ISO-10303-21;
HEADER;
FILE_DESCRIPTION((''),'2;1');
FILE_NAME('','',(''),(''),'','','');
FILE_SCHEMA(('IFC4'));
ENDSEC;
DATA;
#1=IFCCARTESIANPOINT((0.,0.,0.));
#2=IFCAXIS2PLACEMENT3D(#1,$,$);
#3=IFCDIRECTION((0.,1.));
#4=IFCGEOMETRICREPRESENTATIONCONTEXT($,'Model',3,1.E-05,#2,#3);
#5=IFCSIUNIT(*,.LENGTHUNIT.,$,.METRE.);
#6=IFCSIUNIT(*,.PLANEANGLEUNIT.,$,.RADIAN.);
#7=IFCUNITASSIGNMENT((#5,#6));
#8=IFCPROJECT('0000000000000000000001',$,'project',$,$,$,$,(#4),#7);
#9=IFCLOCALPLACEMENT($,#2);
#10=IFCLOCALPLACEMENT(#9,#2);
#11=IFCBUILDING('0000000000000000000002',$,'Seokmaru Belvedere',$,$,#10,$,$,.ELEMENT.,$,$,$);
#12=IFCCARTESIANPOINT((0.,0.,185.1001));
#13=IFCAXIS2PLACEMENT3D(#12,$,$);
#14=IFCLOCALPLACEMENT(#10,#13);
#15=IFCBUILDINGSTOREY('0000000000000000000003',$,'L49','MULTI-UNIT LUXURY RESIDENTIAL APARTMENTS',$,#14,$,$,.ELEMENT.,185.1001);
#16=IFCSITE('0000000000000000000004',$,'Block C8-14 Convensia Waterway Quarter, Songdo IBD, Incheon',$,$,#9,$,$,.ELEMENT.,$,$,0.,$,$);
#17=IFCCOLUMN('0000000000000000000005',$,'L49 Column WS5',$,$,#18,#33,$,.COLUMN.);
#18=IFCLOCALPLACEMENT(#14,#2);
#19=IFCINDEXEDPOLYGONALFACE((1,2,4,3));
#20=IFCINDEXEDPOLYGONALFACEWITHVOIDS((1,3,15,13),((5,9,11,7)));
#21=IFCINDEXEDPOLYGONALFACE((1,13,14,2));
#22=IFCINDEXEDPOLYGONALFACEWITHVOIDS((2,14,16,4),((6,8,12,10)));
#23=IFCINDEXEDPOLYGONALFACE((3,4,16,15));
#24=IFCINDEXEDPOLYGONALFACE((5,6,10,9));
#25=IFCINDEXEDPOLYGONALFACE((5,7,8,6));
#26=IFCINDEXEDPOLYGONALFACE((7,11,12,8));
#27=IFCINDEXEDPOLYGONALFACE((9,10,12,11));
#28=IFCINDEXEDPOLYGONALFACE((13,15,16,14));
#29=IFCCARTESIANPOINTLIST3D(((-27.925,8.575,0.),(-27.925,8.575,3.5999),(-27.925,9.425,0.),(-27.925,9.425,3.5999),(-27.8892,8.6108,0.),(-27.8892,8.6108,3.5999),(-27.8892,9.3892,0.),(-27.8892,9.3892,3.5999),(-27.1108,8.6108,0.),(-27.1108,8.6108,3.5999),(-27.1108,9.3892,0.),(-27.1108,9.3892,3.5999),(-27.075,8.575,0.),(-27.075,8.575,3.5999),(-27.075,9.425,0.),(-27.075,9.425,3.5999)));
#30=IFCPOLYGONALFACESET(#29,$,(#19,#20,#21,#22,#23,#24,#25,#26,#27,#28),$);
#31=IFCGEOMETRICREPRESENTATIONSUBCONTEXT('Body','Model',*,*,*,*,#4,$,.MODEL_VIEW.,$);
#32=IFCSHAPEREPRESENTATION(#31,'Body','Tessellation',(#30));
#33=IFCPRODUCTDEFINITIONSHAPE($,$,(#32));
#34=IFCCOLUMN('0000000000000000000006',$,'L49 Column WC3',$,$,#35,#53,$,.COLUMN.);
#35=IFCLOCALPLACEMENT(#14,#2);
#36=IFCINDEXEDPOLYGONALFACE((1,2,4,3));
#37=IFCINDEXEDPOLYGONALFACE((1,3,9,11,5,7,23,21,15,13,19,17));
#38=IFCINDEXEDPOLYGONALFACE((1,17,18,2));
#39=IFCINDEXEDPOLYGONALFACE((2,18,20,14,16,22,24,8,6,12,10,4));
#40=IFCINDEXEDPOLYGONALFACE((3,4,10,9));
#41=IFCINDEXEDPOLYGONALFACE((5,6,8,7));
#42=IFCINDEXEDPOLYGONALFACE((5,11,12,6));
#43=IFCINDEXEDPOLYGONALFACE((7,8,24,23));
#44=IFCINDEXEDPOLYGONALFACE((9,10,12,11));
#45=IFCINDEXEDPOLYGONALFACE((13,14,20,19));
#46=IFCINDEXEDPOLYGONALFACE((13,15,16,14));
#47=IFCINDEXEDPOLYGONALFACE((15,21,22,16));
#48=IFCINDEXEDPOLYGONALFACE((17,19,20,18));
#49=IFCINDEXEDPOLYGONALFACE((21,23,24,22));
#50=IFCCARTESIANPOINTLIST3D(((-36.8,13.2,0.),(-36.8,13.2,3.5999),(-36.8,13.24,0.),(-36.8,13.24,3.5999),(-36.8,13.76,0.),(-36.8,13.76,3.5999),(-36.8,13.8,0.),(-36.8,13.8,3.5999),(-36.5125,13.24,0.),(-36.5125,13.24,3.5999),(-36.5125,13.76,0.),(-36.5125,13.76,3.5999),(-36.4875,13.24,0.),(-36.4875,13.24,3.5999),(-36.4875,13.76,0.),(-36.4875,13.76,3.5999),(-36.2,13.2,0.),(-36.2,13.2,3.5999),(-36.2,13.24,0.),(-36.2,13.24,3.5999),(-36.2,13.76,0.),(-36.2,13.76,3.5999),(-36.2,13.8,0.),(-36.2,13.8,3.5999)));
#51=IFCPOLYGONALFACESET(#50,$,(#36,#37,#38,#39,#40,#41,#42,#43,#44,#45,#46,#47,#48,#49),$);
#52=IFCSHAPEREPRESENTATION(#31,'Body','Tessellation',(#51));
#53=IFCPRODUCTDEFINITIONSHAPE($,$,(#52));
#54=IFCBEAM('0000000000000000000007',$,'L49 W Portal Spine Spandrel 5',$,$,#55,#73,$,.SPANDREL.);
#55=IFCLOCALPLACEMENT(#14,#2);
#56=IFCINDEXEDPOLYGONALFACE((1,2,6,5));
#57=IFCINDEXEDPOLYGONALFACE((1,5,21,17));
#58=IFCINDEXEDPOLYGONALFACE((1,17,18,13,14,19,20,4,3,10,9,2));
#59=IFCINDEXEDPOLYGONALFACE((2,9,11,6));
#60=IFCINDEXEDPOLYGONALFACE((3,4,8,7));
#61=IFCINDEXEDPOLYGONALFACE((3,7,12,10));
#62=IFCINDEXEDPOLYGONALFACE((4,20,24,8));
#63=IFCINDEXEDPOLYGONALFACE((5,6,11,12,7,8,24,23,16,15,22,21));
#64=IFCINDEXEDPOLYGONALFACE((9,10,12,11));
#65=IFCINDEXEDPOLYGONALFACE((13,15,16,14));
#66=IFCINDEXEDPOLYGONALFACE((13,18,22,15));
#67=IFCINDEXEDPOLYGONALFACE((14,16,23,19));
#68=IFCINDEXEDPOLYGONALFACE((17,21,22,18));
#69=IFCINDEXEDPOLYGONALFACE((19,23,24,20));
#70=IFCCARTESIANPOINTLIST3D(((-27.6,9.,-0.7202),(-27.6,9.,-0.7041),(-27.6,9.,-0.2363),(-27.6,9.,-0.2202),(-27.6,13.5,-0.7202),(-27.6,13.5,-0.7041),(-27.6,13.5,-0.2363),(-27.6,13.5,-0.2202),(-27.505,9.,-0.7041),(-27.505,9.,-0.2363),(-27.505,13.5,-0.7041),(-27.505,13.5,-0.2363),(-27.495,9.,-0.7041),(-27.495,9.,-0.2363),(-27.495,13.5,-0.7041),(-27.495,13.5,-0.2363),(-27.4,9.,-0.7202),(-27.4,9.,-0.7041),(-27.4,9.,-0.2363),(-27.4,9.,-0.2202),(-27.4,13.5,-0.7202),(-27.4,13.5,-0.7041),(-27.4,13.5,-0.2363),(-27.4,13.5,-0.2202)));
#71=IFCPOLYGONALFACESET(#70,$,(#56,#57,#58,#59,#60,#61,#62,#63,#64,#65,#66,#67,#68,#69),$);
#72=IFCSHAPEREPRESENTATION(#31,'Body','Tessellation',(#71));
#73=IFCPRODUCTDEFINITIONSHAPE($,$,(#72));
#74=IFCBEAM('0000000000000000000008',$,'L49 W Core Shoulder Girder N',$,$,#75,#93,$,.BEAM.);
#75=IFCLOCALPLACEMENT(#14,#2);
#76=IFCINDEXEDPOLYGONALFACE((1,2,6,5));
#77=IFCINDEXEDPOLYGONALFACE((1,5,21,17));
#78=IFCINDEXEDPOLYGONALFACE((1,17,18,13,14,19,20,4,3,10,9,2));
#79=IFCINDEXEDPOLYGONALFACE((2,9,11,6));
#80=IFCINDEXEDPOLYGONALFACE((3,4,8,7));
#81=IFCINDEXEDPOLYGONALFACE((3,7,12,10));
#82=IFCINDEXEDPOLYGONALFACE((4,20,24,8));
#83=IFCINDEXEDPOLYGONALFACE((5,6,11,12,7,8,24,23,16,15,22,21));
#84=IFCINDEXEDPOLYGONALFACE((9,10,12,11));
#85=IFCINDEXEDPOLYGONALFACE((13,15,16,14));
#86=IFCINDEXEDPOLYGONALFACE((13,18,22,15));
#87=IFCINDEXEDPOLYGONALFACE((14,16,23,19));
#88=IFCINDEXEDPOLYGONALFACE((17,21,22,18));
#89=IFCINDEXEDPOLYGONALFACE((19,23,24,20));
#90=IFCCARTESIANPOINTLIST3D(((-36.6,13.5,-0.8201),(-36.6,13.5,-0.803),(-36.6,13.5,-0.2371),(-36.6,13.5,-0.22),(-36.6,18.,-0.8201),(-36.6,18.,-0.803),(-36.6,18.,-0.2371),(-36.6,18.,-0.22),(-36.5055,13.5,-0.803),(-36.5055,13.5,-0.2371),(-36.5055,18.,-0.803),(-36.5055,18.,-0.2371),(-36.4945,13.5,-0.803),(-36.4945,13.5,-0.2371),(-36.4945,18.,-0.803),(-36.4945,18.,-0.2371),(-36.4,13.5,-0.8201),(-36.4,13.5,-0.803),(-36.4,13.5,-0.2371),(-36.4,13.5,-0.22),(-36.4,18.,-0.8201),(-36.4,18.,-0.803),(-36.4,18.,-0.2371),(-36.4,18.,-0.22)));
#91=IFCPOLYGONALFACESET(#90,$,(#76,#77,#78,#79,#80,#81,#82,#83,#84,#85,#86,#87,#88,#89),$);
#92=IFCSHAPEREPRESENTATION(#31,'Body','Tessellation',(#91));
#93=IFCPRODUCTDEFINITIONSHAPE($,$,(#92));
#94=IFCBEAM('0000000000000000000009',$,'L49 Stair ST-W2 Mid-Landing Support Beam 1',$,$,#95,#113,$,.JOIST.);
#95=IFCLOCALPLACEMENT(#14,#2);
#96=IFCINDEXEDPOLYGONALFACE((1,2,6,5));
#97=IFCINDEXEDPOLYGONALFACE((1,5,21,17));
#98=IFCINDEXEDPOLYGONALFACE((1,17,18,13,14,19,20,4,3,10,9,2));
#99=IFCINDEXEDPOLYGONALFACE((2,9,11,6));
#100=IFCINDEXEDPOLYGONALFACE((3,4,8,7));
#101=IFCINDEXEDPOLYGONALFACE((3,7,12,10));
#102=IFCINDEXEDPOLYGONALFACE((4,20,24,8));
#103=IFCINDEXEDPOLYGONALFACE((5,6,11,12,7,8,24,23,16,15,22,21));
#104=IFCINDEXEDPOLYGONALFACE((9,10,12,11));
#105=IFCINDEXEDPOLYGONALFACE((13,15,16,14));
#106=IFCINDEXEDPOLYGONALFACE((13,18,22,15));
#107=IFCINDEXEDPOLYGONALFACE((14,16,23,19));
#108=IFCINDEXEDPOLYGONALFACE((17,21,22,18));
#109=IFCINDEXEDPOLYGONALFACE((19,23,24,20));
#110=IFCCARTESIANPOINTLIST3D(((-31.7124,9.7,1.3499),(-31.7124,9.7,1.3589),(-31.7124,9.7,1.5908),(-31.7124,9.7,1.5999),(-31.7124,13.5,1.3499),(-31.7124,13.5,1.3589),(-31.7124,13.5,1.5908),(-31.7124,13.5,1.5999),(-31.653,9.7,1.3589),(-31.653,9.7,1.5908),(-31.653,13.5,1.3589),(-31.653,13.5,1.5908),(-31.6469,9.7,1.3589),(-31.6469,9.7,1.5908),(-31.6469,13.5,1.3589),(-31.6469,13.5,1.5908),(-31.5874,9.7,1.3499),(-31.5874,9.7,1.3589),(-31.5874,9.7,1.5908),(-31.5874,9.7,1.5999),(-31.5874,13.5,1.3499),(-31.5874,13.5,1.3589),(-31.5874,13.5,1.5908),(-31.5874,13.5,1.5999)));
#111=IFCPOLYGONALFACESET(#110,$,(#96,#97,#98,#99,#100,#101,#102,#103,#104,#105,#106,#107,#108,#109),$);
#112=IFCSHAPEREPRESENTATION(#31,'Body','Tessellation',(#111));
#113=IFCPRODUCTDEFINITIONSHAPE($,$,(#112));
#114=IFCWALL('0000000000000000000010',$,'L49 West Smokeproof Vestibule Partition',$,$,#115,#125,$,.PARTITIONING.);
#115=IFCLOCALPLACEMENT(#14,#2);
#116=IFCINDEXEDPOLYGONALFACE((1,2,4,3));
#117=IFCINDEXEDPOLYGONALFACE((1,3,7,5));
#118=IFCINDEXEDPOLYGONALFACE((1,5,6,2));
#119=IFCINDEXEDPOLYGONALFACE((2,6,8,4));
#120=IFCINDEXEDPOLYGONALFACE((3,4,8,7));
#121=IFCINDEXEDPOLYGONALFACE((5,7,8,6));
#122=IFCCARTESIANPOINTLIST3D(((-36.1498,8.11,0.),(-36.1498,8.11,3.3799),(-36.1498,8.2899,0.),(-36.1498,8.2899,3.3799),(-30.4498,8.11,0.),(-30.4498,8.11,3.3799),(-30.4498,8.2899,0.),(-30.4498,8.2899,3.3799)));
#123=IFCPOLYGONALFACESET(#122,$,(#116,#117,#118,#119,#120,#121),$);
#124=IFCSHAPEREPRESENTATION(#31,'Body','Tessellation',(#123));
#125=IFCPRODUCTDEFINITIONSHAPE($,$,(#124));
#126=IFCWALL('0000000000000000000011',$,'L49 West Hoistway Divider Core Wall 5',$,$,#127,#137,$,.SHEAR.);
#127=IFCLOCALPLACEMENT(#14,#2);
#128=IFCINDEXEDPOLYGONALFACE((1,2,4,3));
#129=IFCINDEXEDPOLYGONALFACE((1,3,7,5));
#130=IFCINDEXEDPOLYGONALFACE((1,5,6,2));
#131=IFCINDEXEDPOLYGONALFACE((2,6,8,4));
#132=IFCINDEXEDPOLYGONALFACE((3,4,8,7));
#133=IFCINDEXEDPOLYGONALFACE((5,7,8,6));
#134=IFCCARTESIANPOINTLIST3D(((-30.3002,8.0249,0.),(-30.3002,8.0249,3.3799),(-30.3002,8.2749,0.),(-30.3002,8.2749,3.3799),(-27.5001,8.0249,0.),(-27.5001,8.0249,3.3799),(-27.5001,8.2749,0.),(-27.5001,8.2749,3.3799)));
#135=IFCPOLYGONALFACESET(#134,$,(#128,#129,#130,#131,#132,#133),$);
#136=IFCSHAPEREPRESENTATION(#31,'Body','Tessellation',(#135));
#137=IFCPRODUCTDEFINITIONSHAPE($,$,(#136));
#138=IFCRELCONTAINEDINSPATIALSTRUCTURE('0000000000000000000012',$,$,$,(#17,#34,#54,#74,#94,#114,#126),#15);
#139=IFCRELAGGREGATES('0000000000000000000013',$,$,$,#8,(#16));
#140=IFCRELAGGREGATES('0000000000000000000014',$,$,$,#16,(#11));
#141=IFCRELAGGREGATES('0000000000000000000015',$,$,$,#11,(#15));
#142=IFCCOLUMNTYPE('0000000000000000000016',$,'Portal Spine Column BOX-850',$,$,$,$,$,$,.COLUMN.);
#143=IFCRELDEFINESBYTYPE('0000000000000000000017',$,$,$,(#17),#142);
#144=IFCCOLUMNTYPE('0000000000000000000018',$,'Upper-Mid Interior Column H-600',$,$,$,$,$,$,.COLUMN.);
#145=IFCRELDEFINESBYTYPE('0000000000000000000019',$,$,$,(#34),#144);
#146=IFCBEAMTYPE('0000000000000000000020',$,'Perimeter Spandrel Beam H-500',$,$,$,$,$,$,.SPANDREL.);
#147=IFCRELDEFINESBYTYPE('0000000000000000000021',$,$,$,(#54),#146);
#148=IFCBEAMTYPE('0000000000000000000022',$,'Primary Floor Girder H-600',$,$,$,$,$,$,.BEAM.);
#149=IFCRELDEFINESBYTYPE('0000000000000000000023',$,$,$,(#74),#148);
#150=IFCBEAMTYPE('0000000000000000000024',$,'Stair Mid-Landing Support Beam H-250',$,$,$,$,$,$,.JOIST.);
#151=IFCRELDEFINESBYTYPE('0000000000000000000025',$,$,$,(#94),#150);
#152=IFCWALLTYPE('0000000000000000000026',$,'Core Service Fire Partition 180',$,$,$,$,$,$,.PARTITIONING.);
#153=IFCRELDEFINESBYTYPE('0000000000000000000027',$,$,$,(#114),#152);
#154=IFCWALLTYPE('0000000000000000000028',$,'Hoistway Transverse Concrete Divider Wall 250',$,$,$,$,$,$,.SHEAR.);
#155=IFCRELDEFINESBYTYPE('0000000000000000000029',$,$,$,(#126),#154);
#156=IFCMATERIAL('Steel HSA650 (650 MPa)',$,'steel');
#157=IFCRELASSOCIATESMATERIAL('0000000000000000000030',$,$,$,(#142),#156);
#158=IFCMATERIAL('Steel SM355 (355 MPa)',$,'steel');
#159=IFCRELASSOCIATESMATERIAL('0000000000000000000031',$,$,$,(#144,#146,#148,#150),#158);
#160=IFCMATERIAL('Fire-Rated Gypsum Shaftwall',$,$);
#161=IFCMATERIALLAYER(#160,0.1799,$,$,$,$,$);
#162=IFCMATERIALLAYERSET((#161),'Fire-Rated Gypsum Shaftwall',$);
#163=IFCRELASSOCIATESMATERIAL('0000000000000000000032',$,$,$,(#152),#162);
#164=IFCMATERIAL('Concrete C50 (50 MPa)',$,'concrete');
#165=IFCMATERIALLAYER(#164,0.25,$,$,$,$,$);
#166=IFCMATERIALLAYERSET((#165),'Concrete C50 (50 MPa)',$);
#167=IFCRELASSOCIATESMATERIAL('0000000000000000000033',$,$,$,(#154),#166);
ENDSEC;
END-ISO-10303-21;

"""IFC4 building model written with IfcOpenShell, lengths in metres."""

from ifc_helpers import new_model, si_unit, direction, frame, frame_2d, origin, origin_2d, place, context, subcontext, project, spatial, rectangle, hollow_rectangle, i_section, extrude, source, transform, mapped, material, layer, layer_set, material_profile, profile_set, type_object, type_shapes, element, save


model = new_model("IFC4")

# Units and contexts
model_context = context("Model", 3, precision=1e-05, world=origin(), true_north=direction((0.0, 1.0)))
body_context = subcontext(model_context, "Body", "Model", "MODEL_VIEW")
ifc_project = project(units=[si_unit("LENGTHUNIT", "METRE"), si_unit("PLANEANGLEUNIT", "RADIAN")], contexts=[model_context])

# Site, building, storey
site_placement = place(None, origin())
site = spatial("IfcSite", under=ifc_project, at=site_placement, Name="Block C8-14 Convensia Waterway Quarter, Songdo IBD, Incheon", CompositionType="ELEMENT", RefElevation=0.0)
building_placement = place(site_placement, origin())
building = spatial("IfcBuilding", under=site, at=building_placement, Name="Seokmaru Belvedere", CompositionType="ELEMENT")
storey_placement = place(building_placement, frame((0.0, 0.0, 185.1001)))
storey = spatial("IfcBuildingStorey", under=building, at=storey_placement, Name="L49", Description="MULTI-UNIT LUXURY RESIDENTIAL APARTMENTS", CompositionType="ELEMENT", Elevation=185.1001)

# Columns
ifc_material_1 = material(Name="Steel HSA650 (650 MPa)", Category="steel")
ifc_material_profile_1 = material_profile(ifc_material_1, hollow_rectangle(XDim=0.8501, YDim=0.8501, WallThickness=0.0359, at=origin_2d()), Name="BOX-850x850x36")
ifc_profile_set_1 = profile_set([ifc_material_profile_1], Name="Steel HSA650 (650 MPa)")
column_type_1 = type_object("IfcColumnType", Name="Portal Spine Column BOX-850", PredefinedType="COLUMN", material=ifc_profile_set_1)
shared_shape_1 = source(origin(), body_context, "Body", "SweptSolid", [
    extrude(hollow_rectangle(XDim=0.8501, YDim=0.8501, WallThickness=0.0359, at=origin_2d()), origin(), (0.0, 0.0, 1.0), 3.5999),
])
type_shapes(column_type_1, [shared_shape_1])
column_1_placement = place(storey_placement, frame((-27.5, 9.0, 0.0), z_axis=(0.0, 0.0, 1.0), x_axis=(1.0, 0.0, 0.0)))
element("IfcColumn", 1, at=column_1_placement, inside=storey, type_object=column_type_1, Name="L49 Column WS5", PredefinedType="COLUMN", context=body_context, shape_type="MappedRepresentation", body=[
    mapped(shared_shape_1, transform((0.0, 0.0, 0.0), scale=1.0)),
])
ifc_material_2 = material(Name="Steel SM355 (355 MPa)", Category="steel")
ifc_material_profile_2 = material_profile(ifc_material_2, i_section(OverallWidth=0.6001, OverallDepth=0.6001, WebThickness=0.0249, FlangeThickness=0.04, at=origin_2d()), Name="H-600x600x25x40")
ifc_profile_set_2 = profile_set([ifc_material_profile_2], Name="Steel SM355 (355 MPa)")
column_type_2 = type_object("IfcColumnType", Name="Upper-Mid Interior Column H-600", PredefinedType="COLUMN", material=ifc_profile_set_2)
shared_shape_2 = source(origin(), body_context, "Body", "SweptSolid", [
    extrude(i_section(OverallWidth=0.6001, OverallDepth=0.6001, WebThickness=0.0249, FlangeThickness=0.04, at=origin_2d()), origin(), (0.0, 0.0, 1.0), 3.5999),
])
type_shapes(column_type_2, [shared_shape_2])
column_2_placement = place(storey_placement, frame((-36.5, 13.5, 0.0), z_axis=(0.0, 0.0, 1.0), x_axis=(1.0, 0.0, 0.0)))
element("IfcColumn", 2, at=column_2_placement, inside=storey, type_object=column_type_2, Name="L49 Column WC3", PredefinedType="COLUMN", context=body_context, shape_type="MappedRepresentation", body=[
    mapped(shared_shape_2, transform((0.0, 0.0, 0.0), scale=1.0)),
])

# Beams
ifc_material_profile_3 = material_profile(ifc_material_2, i_section(OverallWidth=0.2, OverallDepth=0.5, WebThickness=0.01, FlangeThickness=0.0161, at=origin_2d()), Name="H-500x200x10x16")
ifc_profile_set_3 = profile_set([ifc_material_profile_3], Name="Steel SM355 (355 MPa)")
beam_type_1 = type_object("IfcBeamType", Name="Perimeter Spandrel Beam H-500", PredefinedType="SPANDREL", material=ifc_profile_set_3)
shared_shape_3 = source(origin(), body_context, "Body", "SweptSolid", [
    extrude(i_section(OverallWidth=0.2, OverallDepth=0.5, WebThickness=0.01, FlangeThickness=0.0161, at=origin_2d()), origin(), (0.0, 0.0, 1.0), 4.5),
])
type_shapes(beam_type_1, [shared_shape_3])
beam_1_placement = place(storey_placement, frame((-27.5, 9.0, -0.4702), z_axis=(0.0, 1.0, 0.0), x_axis=(-1.0, 0.0, 0.0)))
element("IfcBeam", 3, at=beam_1_placement, inside=storey, type_object=beam_type_1, Name="L49 W Portal Spine Spandrel 5", PredefinedType="SPANDREL", context=body_context, shape_type="MappedRepresentation", body=[
    mapped(shared_shape_3, transform((0.0, 0.0, 0.0), scale=1.0)),
])
ifc_material_profile_4 = material_profile(ifc_material_2, i_section(OverallWidth=0.2, OverallDepth=0.6001, WebThickness=0.011, FlangeThickness=0.0171, at=origin_2d()), Name="H-600x200x11x17")
ifc_profile_set_4 = profile_set([ifc_material_profile_4], Name="Steel SM355 (355 MPa)")
beam_type_2 = type_object("IfcBeamType", Name="Primary Floor Girder H-600", PredefinedType="BEAM", material=ifc_profile_set_4)
shared_shape_4 = source(origin(), body_context, "Body", "SweptSolid", [
    extrude(i_section(OverallWidth=0.2, OverallDepth=0.6001, WebThickness=0.011, FlangeThickness=0.0171, at=origin_2d()), origin(), (0.0, 0.0, 1.0), 4.5),
])
type_shapes(beam_type_2, [shared_shape_4])
beam_2_placement = place(storey_placement, frame((-36.5, 13.5, -0.52), z_axis=(0.0, 1.0, 0.0), x_axis=(-1.0, 0.0, 0.0)))
element("IfcBeam", 4, at=beam_2_placement, inside=storey, type_object=beam_type_2, Name="L49 W Core Shoulder Girder N", PredefinedType="BEAM", context=body_context, shape_type="MappedRepresentation", body=[
    mapped(shared_shape_4, transform((0.0, 0.0, 0.0), scale=1.0)),
])
ifc_material_profile_5 = material_profile(ifc_material_2, i_section(OverallWidth=0.125, OverallDepth=0.25, WebThickness=0.0061, FlangeThickness=0.009, at=origin_2d()), Name="H-250x125x6x9")
ifc_profile_set_5 = profile_set([ifc_material_profile_5], Name="Steel SM355 (355 MPa)")
beam_type_3 = type_object("IfcBeamType", Name="Stair Mid-Landing Support Beam H-250", PredefinedType="JOIST", material=ifc_profile_set_5)
shared_shape_5 = source(origin(), body_context, "Body", "SweptSolid", [
    extrude(i_section(OverallWidth=0.125, OverallDepth=0.25, WebThickness=0.0061, FlangeThickness=0.009, at=origin_2d()), origin(), (0.0, 0.0, 1.0), 3.8),
])
type_shapes(beam_type_3, [shared_shape_5])
beam_3_placement = place(storey_placement, frame((-31.6499, 9.7, 1.4749), z_axis=(0.0, 1.0, 0.0), x_axis=(-1.0, 0.0, 0.0)))
element("IfcBeam", 5, at=beam_3_placement, inside=storey, type_object=beam_type_3, Name="L49 Stair ST-W2 Mid-Landing Support Beam 1", PredefinedType="JOIST", context=body_context, shape_type="MappedRepresentation", body=[
    mapped(shared_shape_5, transform((0.0, 0.0, 0.0), scale=1.0)),
])

# Walls
ifc_material_3 = material(Name="Fire-Rated Gypsum Shaftwall")
ifc_layer_1 = layer(ifc_material_3, 0.1799)
ifc_layer_set_1 = layer_set([ifc_layer_1], Name="Fire-Rated Gypsum Shaftwall")
wall_type_1 = type_object("IfcWallType", Name="Core Service Fire Partition 180", PredefinedType="PARTITIONING", material=ifc_layer_set_1)
wall_1_placement = place(storey_placement, frame((-36.1499, 8.2, 0.0), z_axis=(0.0, 0.0, 1.0), x_axis=(1.0, 0.0, 0.0)))
element("IfcWall", 6, at=wall_1_placement, inside=storey, type_object=wall_type_1, Name="L49 West Smokeproof Vestibule Partition", PredefinedType="PARTITIONING", context=body_context, shape_type="SweptSolid", body=[
    extrude(rectangle(XDim=5.7, YDim=0.1799, at=frame_2d((2.8501, 0.0))), origin(), (0.0, 0.0, 1.0), 3.3799),
])
ifc_material_4 = material(Name="Concrete C50 (50 MPa)", Category="concrete")
ifc_layer_2 = layer(ifc_material_4, 0.25)
ifc_layer_set_2 = layer_set([ifc_layer_2], Name="Concrete C50 (50 MPa)")
wall_type_2 = type_object("IfcWallType", Name="Hoistway Transverse Concrete Divider Wall 250", PredefinedType="SHEAR", material=ifc_layer_set_2)
wall_2_placement = place(storey_placement, frame((-30.3, 8.1499, 0.0), z_axis=(0.0, 0.0, 1.0), x_axis=(1.0, 0.0, 0.0)))
element("IfcWall", 7, at=wall_2_placement, inside=storey, type_object=wall_type_2, Name="L49 West Hoistway Divider Core Wall 5", PredefinedType="SHEAR", context=body_context, shape_type="SweptSolid", body=[
    extrude(rectangle(XDim=2.8, YDim=0.25, at=frame_2d((1.3999, 0.0))), origin(), (0.0, 0.0, 1.0), 3.3799),
])

save(model, "model.ifc")
